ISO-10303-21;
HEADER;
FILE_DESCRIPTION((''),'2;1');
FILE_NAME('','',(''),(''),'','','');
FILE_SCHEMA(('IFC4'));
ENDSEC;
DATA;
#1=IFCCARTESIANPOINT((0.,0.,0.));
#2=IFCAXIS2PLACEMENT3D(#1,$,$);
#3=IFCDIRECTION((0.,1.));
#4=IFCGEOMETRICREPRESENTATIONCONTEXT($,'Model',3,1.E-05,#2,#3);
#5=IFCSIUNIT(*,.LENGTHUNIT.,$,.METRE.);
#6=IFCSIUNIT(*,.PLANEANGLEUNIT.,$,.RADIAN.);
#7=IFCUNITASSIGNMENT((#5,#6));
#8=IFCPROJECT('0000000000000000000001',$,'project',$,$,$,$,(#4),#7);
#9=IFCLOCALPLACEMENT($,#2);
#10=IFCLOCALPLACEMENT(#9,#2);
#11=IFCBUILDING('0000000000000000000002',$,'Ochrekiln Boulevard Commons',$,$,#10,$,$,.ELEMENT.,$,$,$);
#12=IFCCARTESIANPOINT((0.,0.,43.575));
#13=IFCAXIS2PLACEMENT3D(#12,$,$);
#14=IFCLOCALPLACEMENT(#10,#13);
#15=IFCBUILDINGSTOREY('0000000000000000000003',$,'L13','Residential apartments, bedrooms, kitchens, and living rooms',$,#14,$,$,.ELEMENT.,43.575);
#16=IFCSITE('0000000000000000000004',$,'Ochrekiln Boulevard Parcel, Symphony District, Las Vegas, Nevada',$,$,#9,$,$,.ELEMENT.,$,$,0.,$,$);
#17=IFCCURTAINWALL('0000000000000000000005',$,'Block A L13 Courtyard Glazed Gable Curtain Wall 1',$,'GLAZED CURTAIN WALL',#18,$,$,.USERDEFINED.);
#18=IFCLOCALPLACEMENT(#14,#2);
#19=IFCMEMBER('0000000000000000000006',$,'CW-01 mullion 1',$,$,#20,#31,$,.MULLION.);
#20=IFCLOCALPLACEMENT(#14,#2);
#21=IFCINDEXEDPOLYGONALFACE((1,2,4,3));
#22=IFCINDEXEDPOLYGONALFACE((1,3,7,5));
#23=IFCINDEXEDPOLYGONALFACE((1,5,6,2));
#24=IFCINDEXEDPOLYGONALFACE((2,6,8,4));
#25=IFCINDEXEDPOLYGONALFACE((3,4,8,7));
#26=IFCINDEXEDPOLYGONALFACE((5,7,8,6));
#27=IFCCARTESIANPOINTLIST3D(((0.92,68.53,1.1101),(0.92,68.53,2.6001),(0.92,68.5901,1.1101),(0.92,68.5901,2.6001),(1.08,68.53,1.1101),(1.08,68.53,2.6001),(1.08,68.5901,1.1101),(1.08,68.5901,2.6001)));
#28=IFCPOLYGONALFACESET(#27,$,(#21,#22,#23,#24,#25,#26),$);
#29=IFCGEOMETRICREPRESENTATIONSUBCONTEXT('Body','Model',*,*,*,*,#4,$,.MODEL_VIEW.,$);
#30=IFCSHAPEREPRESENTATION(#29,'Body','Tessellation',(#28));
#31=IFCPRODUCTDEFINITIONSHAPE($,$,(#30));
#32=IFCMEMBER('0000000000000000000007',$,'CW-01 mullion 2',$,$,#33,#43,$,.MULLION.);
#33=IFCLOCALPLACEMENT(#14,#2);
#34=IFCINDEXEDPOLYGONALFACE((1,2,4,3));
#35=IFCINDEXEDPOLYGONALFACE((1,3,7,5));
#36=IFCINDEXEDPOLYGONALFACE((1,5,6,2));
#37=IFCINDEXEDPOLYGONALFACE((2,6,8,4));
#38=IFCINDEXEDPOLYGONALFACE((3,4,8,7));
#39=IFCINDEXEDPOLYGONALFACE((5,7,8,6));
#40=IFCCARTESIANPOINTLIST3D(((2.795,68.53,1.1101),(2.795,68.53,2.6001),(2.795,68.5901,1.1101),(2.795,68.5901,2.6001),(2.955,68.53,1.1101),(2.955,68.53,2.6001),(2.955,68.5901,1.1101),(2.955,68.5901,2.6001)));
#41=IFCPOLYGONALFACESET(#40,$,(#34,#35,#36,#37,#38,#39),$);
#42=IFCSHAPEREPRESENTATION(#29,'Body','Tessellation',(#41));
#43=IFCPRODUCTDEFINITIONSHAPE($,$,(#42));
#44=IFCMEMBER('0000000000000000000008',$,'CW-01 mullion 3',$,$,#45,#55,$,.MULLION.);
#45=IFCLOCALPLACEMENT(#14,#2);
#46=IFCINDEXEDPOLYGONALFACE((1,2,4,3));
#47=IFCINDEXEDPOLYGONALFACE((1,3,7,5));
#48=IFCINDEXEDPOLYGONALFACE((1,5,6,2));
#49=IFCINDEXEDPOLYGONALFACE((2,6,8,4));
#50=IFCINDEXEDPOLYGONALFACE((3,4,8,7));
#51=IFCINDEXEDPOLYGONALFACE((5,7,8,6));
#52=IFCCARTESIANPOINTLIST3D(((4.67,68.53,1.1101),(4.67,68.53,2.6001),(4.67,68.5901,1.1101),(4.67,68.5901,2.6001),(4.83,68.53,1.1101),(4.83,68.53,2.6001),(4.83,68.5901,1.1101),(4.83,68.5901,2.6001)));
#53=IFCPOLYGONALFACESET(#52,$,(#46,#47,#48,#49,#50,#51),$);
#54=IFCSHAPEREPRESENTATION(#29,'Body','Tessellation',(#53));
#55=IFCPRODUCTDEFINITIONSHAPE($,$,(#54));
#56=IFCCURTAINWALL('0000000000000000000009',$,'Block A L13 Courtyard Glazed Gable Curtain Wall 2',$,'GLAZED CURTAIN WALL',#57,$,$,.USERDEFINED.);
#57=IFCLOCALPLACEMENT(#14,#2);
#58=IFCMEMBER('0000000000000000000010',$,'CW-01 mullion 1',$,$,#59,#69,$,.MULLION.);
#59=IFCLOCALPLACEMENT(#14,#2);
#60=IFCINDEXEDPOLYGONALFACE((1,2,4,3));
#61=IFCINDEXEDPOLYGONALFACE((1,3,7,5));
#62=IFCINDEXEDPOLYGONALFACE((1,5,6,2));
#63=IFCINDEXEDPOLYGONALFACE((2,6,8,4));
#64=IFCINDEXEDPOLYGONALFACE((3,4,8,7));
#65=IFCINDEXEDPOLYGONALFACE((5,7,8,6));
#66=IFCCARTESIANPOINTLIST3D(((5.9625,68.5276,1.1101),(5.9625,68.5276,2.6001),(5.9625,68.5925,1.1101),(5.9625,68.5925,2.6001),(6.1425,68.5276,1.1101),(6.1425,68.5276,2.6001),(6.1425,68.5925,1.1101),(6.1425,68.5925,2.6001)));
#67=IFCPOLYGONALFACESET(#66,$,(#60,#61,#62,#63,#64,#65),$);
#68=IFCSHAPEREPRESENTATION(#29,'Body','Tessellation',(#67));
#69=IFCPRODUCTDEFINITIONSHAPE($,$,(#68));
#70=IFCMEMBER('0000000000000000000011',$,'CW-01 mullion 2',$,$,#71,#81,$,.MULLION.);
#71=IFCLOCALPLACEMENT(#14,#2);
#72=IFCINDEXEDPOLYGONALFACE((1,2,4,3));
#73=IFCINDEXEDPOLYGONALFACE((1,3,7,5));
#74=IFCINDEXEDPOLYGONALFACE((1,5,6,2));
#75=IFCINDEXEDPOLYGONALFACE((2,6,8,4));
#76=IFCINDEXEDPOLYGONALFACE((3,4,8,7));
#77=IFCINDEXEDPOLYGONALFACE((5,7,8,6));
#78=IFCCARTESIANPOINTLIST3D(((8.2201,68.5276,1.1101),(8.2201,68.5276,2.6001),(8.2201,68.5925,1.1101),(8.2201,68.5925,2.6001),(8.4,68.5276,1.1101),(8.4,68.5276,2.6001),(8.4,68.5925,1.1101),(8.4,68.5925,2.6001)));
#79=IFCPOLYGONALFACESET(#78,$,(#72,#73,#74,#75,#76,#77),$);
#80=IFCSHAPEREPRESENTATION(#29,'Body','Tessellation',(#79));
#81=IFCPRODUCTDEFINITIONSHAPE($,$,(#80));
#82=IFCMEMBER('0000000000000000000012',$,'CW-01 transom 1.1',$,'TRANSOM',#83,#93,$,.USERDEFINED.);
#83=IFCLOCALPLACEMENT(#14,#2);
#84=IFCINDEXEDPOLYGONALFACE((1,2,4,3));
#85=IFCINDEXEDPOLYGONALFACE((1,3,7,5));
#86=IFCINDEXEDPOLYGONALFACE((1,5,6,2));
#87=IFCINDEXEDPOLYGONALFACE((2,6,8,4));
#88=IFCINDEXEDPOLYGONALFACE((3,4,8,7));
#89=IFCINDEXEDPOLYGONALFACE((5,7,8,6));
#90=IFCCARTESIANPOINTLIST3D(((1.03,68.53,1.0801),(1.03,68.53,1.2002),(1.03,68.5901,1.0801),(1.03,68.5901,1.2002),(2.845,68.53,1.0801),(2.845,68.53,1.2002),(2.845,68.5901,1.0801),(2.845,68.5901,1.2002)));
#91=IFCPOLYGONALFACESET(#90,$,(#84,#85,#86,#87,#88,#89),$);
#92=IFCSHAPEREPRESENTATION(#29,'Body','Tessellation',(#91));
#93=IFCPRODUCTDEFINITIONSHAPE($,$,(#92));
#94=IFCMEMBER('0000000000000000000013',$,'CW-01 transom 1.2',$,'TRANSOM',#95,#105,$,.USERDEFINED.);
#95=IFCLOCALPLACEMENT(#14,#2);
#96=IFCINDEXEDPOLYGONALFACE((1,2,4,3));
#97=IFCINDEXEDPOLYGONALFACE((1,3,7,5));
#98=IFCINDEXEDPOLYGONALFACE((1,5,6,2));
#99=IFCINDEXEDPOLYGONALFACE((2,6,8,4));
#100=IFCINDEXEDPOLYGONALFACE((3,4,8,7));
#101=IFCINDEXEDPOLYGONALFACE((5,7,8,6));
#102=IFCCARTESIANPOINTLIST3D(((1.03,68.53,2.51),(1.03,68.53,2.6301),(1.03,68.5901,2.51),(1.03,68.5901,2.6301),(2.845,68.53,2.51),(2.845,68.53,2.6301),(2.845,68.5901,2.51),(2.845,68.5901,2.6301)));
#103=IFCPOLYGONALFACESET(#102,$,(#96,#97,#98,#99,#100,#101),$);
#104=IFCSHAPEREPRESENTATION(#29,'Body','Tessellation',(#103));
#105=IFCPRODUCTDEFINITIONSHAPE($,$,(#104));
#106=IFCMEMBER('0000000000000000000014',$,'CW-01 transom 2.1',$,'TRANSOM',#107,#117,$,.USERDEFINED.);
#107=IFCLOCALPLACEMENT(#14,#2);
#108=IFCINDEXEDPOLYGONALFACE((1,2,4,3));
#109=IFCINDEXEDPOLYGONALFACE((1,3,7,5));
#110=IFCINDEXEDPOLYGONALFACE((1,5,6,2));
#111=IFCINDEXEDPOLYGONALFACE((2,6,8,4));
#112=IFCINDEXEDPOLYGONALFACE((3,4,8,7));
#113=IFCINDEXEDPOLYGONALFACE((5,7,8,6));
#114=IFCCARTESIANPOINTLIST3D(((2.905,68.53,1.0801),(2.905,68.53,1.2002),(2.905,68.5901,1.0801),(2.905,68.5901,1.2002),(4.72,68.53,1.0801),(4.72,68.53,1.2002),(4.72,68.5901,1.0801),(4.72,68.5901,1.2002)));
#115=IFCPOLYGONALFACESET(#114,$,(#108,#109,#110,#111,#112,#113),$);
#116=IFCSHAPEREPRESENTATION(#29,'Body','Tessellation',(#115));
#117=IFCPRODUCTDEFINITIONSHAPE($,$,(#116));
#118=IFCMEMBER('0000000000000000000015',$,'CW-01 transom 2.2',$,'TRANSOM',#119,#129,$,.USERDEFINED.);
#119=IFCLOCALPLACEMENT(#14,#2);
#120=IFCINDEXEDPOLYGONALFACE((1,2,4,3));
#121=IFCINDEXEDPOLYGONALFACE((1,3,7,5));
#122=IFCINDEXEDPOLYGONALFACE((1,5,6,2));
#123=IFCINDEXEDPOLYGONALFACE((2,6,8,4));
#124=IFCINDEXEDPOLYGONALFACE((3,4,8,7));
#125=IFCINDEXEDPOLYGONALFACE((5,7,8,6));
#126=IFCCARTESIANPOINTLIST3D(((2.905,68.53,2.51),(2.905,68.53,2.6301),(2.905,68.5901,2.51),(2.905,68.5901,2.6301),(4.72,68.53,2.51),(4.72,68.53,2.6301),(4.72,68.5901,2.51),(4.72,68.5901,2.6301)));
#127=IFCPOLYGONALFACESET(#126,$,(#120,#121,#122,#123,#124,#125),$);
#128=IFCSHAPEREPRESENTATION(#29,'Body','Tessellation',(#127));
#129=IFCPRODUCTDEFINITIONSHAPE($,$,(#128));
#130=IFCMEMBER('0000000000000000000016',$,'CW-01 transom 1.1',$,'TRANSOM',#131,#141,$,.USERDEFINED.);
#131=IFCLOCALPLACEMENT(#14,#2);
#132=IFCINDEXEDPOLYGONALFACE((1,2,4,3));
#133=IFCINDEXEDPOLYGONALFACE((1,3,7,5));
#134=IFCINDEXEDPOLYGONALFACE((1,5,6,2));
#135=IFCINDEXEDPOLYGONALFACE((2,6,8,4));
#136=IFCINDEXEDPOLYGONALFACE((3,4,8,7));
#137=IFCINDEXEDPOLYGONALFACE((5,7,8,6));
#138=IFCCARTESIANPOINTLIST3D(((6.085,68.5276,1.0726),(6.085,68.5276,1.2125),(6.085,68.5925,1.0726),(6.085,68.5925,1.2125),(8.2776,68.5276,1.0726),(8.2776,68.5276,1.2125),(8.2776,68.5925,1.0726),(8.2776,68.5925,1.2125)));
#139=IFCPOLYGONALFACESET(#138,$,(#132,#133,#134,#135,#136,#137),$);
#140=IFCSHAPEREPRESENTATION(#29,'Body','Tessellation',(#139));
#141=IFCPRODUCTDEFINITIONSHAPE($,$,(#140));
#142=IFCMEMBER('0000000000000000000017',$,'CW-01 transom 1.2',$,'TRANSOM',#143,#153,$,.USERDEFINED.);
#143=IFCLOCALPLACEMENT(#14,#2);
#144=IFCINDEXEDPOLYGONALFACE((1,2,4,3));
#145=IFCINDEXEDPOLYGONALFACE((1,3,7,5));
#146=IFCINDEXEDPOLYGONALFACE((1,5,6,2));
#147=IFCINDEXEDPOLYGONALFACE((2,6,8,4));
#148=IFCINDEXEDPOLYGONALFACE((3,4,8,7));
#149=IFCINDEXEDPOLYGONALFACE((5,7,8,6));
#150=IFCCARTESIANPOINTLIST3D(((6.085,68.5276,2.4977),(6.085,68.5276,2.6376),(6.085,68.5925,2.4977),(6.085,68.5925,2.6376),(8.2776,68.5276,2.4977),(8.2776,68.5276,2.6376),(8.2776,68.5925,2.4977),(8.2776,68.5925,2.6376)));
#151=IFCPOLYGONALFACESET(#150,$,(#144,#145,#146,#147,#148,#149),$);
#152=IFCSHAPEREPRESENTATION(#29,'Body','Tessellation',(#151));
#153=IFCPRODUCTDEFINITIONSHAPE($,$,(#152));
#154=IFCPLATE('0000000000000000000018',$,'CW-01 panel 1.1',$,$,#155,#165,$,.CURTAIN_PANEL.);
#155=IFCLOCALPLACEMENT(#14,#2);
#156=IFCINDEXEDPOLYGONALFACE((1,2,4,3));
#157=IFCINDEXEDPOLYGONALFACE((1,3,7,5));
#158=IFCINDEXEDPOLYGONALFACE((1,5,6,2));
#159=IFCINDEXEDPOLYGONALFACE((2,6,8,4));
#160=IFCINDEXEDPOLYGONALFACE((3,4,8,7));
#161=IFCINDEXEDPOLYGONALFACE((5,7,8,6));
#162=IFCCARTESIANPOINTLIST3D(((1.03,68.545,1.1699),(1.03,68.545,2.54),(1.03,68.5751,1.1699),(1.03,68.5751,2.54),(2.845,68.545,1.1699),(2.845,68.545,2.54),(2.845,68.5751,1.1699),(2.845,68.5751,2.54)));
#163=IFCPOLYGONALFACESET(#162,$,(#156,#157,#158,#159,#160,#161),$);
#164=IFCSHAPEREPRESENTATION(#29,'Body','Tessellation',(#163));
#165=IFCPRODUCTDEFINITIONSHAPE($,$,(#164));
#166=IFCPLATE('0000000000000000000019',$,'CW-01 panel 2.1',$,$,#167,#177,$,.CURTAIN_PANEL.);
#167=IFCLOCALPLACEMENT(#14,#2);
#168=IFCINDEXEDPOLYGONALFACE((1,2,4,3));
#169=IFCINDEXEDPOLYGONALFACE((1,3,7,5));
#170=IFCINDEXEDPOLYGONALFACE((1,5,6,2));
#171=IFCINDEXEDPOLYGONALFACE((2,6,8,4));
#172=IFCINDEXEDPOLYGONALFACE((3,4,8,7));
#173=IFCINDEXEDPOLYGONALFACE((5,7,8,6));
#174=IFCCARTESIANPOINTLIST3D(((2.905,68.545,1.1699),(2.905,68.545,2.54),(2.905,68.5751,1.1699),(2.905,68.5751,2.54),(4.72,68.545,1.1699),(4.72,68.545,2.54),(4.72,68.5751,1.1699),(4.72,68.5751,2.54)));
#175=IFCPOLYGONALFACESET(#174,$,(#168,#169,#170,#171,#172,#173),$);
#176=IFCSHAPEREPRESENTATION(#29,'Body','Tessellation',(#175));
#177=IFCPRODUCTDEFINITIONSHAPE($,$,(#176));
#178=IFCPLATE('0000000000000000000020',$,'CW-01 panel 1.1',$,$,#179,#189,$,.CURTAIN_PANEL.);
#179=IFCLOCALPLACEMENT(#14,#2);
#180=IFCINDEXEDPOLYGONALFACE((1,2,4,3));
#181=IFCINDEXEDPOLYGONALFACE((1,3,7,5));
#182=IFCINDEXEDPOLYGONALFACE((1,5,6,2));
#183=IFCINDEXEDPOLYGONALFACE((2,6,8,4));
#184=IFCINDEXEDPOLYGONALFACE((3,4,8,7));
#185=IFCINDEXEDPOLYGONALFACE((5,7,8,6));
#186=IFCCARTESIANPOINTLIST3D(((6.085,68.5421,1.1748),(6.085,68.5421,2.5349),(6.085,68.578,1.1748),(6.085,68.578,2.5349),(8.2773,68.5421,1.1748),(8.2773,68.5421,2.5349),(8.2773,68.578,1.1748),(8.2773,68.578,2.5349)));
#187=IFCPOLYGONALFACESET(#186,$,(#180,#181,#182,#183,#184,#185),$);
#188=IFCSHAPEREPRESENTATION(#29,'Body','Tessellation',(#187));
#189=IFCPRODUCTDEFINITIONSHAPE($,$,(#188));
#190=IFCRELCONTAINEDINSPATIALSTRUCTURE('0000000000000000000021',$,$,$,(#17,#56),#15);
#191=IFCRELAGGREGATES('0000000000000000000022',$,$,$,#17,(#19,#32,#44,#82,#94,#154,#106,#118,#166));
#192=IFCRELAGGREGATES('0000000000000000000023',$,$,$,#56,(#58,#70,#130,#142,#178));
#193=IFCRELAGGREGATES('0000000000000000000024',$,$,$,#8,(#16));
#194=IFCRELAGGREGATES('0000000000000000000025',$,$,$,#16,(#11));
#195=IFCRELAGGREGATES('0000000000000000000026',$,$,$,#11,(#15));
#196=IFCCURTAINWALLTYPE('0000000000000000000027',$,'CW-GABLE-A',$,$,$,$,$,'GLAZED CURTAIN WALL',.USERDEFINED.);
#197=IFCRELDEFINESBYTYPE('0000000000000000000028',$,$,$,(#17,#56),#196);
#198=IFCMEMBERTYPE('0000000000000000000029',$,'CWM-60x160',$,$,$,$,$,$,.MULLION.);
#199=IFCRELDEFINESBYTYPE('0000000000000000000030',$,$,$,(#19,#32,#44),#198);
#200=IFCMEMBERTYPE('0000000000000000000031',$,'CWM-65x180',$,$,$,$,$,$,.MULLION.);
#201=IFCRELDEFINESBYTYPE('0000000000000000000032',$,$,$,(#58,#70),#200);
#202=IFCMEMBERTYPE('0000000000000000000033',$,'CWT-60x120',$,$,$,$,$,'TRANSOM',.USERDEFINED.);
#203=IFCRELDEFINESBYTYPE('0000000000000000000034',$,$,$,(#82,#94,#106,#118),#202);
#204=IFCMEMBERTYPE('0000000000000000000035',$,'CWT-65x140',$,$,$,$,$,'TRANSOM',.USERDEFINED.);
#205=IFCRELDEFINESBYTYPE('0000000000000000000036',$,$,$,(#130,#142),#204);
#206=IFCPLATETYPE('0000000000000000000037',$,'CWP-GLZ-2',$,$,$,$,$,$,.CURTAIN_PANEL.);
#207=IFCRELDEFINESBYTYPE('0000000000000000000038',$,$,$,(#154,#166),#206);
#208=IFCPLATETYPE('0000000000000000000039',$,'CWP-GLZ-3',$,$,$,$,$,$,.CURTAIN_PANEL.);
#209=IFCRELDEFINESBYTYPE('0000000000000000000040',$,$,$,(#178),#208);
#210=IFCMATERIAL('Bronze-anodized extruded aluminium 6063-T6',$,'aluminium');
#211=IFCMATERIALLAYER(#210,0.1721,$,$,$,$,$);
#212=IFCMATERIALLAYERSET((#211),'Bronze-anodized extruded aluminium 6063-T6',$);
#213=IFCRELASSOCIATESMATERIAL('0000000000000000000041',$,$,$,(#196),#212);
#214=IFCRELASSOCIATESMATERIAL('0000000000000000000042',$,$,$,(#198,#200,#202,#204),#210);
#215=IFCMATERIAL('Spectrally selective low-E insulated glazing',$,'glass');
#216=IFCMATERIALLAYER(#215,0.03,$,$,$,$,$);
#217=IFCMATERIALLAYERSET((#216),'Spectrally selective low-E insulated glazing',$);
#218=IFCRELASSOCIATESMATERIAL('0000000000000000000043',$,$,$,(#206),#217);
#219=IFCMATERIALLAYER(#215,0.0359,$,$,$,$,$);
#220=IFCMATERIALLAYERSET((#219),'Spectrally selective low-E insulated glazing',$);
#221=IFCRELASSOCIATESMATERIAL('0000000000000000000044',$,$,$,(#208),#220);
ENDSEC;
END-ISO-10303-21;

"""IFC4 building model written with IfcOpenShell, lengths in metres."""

from ifc_helpers import new_model, si_unit, direction, frame, origin, origin_2d, place, context, subcontext, project, spatial, rectangle, extrude, material, layer, layer_set, material_profile, profile_set, type_object, element, aggregate, save


model = new_model("IFC4")

# Units and contexts
model_context = context("Model", 3, precision=1e-05, world=origin(), true_north=direction((0.0, 1.0)))
body_context = subcontext(model_context, "Body", "Model", "MODEL_VIEW")
ifc_project = project(units=[si_unit("LENGTHUNIT", "METRE"), si_unit("PLANEANGLEUNIT", "RADIAN")], contexts=[model_context])

# Site, building, storey
site_placement = place(None, origin())
site = spatial("IfcSite", under=ifc_project, at=site_placement, Name="Ochrekiln Boulevard Parcel, Symphony District, Las Vegas, Nevada", CompositionType="ELEMENT", RefElevation=0.0)
building_placement = place(site_placement, origin())
building = spatial("IfcBuilding", under=site, at=building_placement, Name="Ochrekiln Boulevard Commons", CompositionType="ELEMENT")
storey_placement = place(building_placement, frame((0.0, 0.0, 43.575)))
storey = spatial("IfcBuildingStorey", under=building, at=storey_placement, Name="L13", Description="Residential apartments, bedrooms, kitchens, and living rooms", CompositionType="ELEMENT", Elevation=43.575)

# Curtain walls, members
ifc_material_1 = material(Name="Bronze-anodized extruded aluminium 6063-T6", Category="aluminium")
ifc_layer_1 = layer(ifc_material_1, 0.1721)
ifc_layer_set_1 = layer_set([ifc_layer_1], Name="Bronze-anodized extruded aluminium 6063-T6")
curtain_wall_type = type_object("IfcCurtainWallType", Name="CW-GABLE-A", ElementType="GLAZED CURTAIN WALL", PredefinedType="USERDEFINED", material=ifc_layer_set_1)
curtain_wall_1_placement = place(storey_placement, origin())
curtain_wall_1 = element("IfcCurtainWall", 1, at=curtain_wall_1_placement, inside=storey, type_object=curtain_wall_type, Name="Block A L13 Courtyard Glazed Gable Curtain Wall 1", ObjectType="GLAZED CURTAIN WALL", PredefinedType="USERDEFINED")
ifc_material_profile_1 = material_profile(ifc_material_1, rectangle(XDim=0.0601, YDim=0.1599, at=origin_2d()), Name="ALU-MUL-60x160")
ifc_profile_set_1 = profile_set([ifc_material_profile_1], Name="Bronze-anodized extruded aluminium 6063-T6")
member_type_1 = type_object("IfcMemberType", Name="CWM-60x160", PredefinedType="MULLION", material=ifc_profile_set_1)
member_1_placement = place(storey_placement, frame((1.0, 68.5601, 1.1101), z_axis=(0.0, 0.0, 1.0), x_axis=(0.0, 1.0, 0.0)))
member_1 = element("IfcMember", 2, at=member_1_placement, type_object=member_type_1, Name="CW-01 mullion 1", PredefinedType="MULLION", context=body_context, shape_type="SweptSolid", body=[
    extrude(rectangle(XDim=0.0601, YDim=0.1599, at=origin_2d()), origin(), (0.0, 0.0, 1.0), 1.49),
])
member_2_placement = place(storey_placement, frame((2.875, 68.5601, 1.1101), z_axis=(0.0, 0.0, 1.0), x_axis=(0.0, 1.0, 0.0)))
member_2 = element("IfcMember", 3, at=member_2_placement, type_object=member_type_1, Name="CW-01 mullion 2", PredefinedType="MULLION", context=body_context, shape_type="SweptSolid", body=[
    extrude(rectangle(XDim=0.0601, YDim=0.1599, at=origin_2d()), origin(), (0.0, 0.0, 1.0), 1.49),
])
member_3_placement = place(storey_placement, frame((4.75, 68.5601, 1.1101), z_axis=(0.0, 0.0, 1.0), x_axis=(0.0, 1.0, 0.0)))
member_3 = element("IfcMember", 4, at=member_3_placement, type_object=member_type_1, Name="CW-01 mullion 3", PredefinedType="MULLION", context=body_context, shape_type="SweptSolid", body=[
    extrude(rectangle(XDim=0.0601, YDim=0.1599, at=origin_2d()), origin(), (0.0, 0.0, 1.0), 1.49),
])
curtain_wall_2_placement = place(storey_placement, origin())
curtain_wall_2 = element("IfcCurtainWall", 5, at=curtain_wall_2_placement, inside=storey, type_object=curtain_wall_type, Name="Block A L13 Courtyard Glazed Gable Curtain Wall 2", ObjectType="GLAZED CURTAIN WALL", PredefinedType="USERDEFINED")
ifc_material_profile_2 = material_profile(ifc_material_1, rectangle(XDim=0.0649, YDim=0.1799, at=origin_2d()), Name="ALU-MUL-65x180")
ifc_profile_set_2 = profile_set([ifc_material_profile_2], Name="Bronze-anodized extruded aluminium 6063-T6")
member_type_2 = type_object("IfcMemberType", Name="CWM-65x180", PredefinedType="MULLION", material=ifc_profile_set_2)
member_4_placement = place(storey_placement, frame((6.0525, 68.5601, 1.1101), z_axis=(0.0, 0.0, 1.0), x_axis=(0.0, 1.0, 0.0)))
member_4 = element("IfcMember", 6, at=member_4_placement, type_object=member_type_2, Name="CW-01 mullion 1", PredefinedType="MULLION", context=body_context, shape_type="SweptSolid", body=[
    extrude(rectangle(XDim=0.0649, YDim=0.1799, at=origin_2d()), origin(), (0.0, 0.0, 1.0), 1.49),
])
member_5_placement = place(storey_placement, frame((8.3101, 68.5601, 1.1101), z_axis=(0.0, 0.0, 1.0), x_axis=(0.0, 1.0, 0.0)))
member_5 = element("IfcMember", 7, at=member_5_placement, type_object=member_type_2, Name="CW-01 mullion 2", PredefinedType="MULLION", context=body_context, shape_type="SweptSolid", body=[
    extrude(rectangle(XDim=0.0649, YDim=0.1799, at=origin_2d()), origin(), (0.0, 0.0, 1.0), 1.49),
])

# Members
ifc_material_profile_3 = material_profile(ifc_material_1, rectangle(XDim=0.0601, YDim=0.1201, at=origin_2d()), Name="ALU-TRN-60x120")
ifc_profile_set_3 = profile_set([ifc_material_profile_3], Name="Bronze-anodized extruded aluminium 6063-T6")
member_type_3 = type_object("IfcMemberType", Name="CWT-60x120", ElementType="TRANSOM", PredefinedType="USERDEFINED", material=ifc_profile_set_3)
member_6_placement = place(storey_placement, frame((1.03, 68.5601, 1.1401), z_axis=(1.0, 0.0, 0.0), x_axis=(0.0, 1.0, 0.0)))
member_6 = element("IfcMember", 8, at=member_6_placement, type_object=member_type_3, Name="CW-01 transom 1.1", ObjectType="TRANSOM", PredefinedType="USERDEFINED", context=body_context, shape_type="SweptSolid", body=[
    extrude(rectangle(XDim=0.0601, YDim=0.1201, at=origin_2d()), origin(), (0.0, 0.0, 1.0), 1.8149),
])
member_7_placement = place(storey_placement, frame((1.03, 68.5601, 2.5701), z_axis=(1.0, 0.0, 0.0), x_axis=(0.0, 1.0, 0.0)))
member_7 = element("IfcMember", 9, at=member_7_placement, type_object=member_type_3, Name="CW-01 transom 1.2", ObjectType="TRANSOM", PredefinedType="USERDEFINED", context=body_context, shape_type="SweptSolid", body=[
    extrude(rectangle(XDim=0.0601, YDim=0.1201, at=origin_2d()), origin(), (0.0, 0.0, 1.0), 1.8149),
])
member_8_placement = place(storey_placement, frame((2.905, 68.5601, 1.1401), z_axis=(1.0, 0.0, 0.0), x_axis=(0.0, 1.0, 0.0)))
member_8 = element("IfcMember", 10, at=member_8_placement, type_object=member_type_3, Name="CW-01 transom 2.1", ObjectType="TRANSOM", PredefinedType="USERDEFINED", context=body_context, shape_type="SweptSolid", body=[
    extrude(rectangle(XDim=0.0601, YDim=0.1201, at=origin_2d()), origin(), (0.0, 0.0, 1.0), 1.8149),
])
member_9_placement = place(storey_placement, frame((2.905, 68.5601, 2.5701), z_axis=(1.0, 0.0, 0.0), x_axis=(0.0, 1.0, 0.0)))
member_9 = element("IfcMember", 11, at=member_9_placement, type_object=member_type_3, Name="CW-01 transom 2.2", ObjectType="TRANSOM", PredefinedType="USERDEFINED", context=body_context, shape_type="SweptSolid", body=[
    extrude(rectangle(XDim=0.0601, YDim=0.1201, at=origin_2d()), origin(), (0.0, 0.0, 1.0), 1.8149),
])
ifc_material_profile_4 = material_profile(ifc_material_1, rectangle(XDim=0.0649, YDim=0.1399, at=origin_2d()), Name="ALU-TRN-65x140")
ifc_profile_set_4 = profile_set([ifc_material_profile_4], Name="Bronze-anodized extruded aluminium 6063-T6")
member_type_4 = type_object("IfcMemberType", Name="CWT-65x140", ElementType="TRANSOM", PredefinedType="USERDEFINED", material=ifc_profile_set_4)
member_10_placement = place(storey_placement, frame((6.085, 68.5601, 1.1426), z_axis=(1.0, 0.0, 0.0), x_axis=(0.0, 1.0, 0.0)))
member_10 = element("IfcMember", 12, at=member_10_placement, type_object=member_type_4, Name="CW-01 transom 1.1", ObjectType="TRANSOM", PredefinedType="USERDEFINED", context=body_context, shape_type="SweptSolid", body=[
    extrude(rectangle(XDim=0.0649, YDim=0.1399, at=origin_2d()), origin(), (0.0, 0.0, 1.0), 2.1926),
])
member_11_placement = place(storey_placement, frame((6.085, 68.5601, 2.5676), z_axis=(1.0, 0.0, 0.0), x_axis=(0.0, 1.0, 0.0)))
member_11 = element("IfcMember", 13, at=member_11_placement, type_object=member_type_4, Name="CW-01 transom 1.2", ObjectType="TRANSOM", PredefinedType="USERDEFINED", context=body_context, shape_type="SweptSolid", body=[
    extrude(rectangle(XDim=0.0649, YDim=0.1399, at=origin_2d()), origin(), (0.0, 0.0, 1.0), 2.1926),
])

# Plates
ifc_material_2 = material(Name="Spectrally selective low-E insulated glazing", Category="glass")
ifc_layer_2 = layer(ifc_material_2, 0.03)
ifc_layer_set_2 = layer_set([ifc_layer_2], Name="Spectrally selective low-E insulated glazing")
plate_type_1 = type_object("IfcPlateType", Name="CWP-GLZ-2", PredefinedType="CURTAIN_PANEL", material=ifc_layer_set_2)
plate_1_placement = place(storey_placement, frame((1.9375, 68.5601, 1.1699), z_axis=(0.0, 0.0, 1.0), x_axis=(1.0, 0.0, 0.0)))
plate_1 = element("IfcPlate", 14, at=plate_1_placement, type_object=plate_type_1, Name="CW-01 panel 1.1", PredefinedType="CURTAIN_PANEL", context=body_context, shape_type="SweptSolid", body=[
    extrude(rectangle(XDim=1.8149, YDim=0.03, at=origin_2d()), origin(), (0.0, 0.0, 1.0), 1.3701),
])
plate_2_placement = place(storey_placement, frame((3.8125, 68.5601, 1.1699), z_axis=(0.0, 0.0, 1.0), x_axis=(1.0, 0.0, 0.0)))
plate_2 = element("IfcPlate", 15, at=plate_2_placement, type_object=plate_type_1, Name="CW-01 panel 2.1", PredefinedType="CURTAIN_PANEL", context=body_context, shape_type="SweptSolid", body=[
    extrude(rectangle(XDim=1.8149, YDim=0.03, at=origin_2d()), origin(), (0.0, 0.0, 1.0), 1.3701),
])
aggregate(curtain_wall_1, [member_1, member_2, member_3, member_6, member_7, plate_1, member_8, member_9, plate_2])
ifc_layer_3 = layer(ifc_material_2, 0.0359)
ifc_layer_set_3 = layer_set([ifc_layer_3], Name="Spectrally selective low-E insulated glazing")
plate_type_2 = type_object("IfcPlateType", Name="CWP-GLZ-3", PredefinedType="CURTAIN_PANEL", material=ifc_layer_set_3)
plate_3_placement = place(storey_placement, frame((7.1812, 68.5601, 1.1748), z_axis=(0.0, 0.0, 1.0), x_axis=(1.0, 0.0, 0.0)))
plate_3 = element("IfcPlate", 16, at=plate_3_placement, type_object=plate_type_2, Name="CW-01 panel 1.1", PredefinedType="CURTAIN_PANEL", context=body_context, shape_type="SweptSolid", body=[
    extrude(rectangle(XDim=2.1924, YDim=0.0359, at=origin_2d()), origin(), (0.0, 0.0, 1.0), 1.3601),
])
aggregate(curtain_wall_2, [member_4, member_5, member_10, member_11, plate_3])

save(model, "model.ifc")
